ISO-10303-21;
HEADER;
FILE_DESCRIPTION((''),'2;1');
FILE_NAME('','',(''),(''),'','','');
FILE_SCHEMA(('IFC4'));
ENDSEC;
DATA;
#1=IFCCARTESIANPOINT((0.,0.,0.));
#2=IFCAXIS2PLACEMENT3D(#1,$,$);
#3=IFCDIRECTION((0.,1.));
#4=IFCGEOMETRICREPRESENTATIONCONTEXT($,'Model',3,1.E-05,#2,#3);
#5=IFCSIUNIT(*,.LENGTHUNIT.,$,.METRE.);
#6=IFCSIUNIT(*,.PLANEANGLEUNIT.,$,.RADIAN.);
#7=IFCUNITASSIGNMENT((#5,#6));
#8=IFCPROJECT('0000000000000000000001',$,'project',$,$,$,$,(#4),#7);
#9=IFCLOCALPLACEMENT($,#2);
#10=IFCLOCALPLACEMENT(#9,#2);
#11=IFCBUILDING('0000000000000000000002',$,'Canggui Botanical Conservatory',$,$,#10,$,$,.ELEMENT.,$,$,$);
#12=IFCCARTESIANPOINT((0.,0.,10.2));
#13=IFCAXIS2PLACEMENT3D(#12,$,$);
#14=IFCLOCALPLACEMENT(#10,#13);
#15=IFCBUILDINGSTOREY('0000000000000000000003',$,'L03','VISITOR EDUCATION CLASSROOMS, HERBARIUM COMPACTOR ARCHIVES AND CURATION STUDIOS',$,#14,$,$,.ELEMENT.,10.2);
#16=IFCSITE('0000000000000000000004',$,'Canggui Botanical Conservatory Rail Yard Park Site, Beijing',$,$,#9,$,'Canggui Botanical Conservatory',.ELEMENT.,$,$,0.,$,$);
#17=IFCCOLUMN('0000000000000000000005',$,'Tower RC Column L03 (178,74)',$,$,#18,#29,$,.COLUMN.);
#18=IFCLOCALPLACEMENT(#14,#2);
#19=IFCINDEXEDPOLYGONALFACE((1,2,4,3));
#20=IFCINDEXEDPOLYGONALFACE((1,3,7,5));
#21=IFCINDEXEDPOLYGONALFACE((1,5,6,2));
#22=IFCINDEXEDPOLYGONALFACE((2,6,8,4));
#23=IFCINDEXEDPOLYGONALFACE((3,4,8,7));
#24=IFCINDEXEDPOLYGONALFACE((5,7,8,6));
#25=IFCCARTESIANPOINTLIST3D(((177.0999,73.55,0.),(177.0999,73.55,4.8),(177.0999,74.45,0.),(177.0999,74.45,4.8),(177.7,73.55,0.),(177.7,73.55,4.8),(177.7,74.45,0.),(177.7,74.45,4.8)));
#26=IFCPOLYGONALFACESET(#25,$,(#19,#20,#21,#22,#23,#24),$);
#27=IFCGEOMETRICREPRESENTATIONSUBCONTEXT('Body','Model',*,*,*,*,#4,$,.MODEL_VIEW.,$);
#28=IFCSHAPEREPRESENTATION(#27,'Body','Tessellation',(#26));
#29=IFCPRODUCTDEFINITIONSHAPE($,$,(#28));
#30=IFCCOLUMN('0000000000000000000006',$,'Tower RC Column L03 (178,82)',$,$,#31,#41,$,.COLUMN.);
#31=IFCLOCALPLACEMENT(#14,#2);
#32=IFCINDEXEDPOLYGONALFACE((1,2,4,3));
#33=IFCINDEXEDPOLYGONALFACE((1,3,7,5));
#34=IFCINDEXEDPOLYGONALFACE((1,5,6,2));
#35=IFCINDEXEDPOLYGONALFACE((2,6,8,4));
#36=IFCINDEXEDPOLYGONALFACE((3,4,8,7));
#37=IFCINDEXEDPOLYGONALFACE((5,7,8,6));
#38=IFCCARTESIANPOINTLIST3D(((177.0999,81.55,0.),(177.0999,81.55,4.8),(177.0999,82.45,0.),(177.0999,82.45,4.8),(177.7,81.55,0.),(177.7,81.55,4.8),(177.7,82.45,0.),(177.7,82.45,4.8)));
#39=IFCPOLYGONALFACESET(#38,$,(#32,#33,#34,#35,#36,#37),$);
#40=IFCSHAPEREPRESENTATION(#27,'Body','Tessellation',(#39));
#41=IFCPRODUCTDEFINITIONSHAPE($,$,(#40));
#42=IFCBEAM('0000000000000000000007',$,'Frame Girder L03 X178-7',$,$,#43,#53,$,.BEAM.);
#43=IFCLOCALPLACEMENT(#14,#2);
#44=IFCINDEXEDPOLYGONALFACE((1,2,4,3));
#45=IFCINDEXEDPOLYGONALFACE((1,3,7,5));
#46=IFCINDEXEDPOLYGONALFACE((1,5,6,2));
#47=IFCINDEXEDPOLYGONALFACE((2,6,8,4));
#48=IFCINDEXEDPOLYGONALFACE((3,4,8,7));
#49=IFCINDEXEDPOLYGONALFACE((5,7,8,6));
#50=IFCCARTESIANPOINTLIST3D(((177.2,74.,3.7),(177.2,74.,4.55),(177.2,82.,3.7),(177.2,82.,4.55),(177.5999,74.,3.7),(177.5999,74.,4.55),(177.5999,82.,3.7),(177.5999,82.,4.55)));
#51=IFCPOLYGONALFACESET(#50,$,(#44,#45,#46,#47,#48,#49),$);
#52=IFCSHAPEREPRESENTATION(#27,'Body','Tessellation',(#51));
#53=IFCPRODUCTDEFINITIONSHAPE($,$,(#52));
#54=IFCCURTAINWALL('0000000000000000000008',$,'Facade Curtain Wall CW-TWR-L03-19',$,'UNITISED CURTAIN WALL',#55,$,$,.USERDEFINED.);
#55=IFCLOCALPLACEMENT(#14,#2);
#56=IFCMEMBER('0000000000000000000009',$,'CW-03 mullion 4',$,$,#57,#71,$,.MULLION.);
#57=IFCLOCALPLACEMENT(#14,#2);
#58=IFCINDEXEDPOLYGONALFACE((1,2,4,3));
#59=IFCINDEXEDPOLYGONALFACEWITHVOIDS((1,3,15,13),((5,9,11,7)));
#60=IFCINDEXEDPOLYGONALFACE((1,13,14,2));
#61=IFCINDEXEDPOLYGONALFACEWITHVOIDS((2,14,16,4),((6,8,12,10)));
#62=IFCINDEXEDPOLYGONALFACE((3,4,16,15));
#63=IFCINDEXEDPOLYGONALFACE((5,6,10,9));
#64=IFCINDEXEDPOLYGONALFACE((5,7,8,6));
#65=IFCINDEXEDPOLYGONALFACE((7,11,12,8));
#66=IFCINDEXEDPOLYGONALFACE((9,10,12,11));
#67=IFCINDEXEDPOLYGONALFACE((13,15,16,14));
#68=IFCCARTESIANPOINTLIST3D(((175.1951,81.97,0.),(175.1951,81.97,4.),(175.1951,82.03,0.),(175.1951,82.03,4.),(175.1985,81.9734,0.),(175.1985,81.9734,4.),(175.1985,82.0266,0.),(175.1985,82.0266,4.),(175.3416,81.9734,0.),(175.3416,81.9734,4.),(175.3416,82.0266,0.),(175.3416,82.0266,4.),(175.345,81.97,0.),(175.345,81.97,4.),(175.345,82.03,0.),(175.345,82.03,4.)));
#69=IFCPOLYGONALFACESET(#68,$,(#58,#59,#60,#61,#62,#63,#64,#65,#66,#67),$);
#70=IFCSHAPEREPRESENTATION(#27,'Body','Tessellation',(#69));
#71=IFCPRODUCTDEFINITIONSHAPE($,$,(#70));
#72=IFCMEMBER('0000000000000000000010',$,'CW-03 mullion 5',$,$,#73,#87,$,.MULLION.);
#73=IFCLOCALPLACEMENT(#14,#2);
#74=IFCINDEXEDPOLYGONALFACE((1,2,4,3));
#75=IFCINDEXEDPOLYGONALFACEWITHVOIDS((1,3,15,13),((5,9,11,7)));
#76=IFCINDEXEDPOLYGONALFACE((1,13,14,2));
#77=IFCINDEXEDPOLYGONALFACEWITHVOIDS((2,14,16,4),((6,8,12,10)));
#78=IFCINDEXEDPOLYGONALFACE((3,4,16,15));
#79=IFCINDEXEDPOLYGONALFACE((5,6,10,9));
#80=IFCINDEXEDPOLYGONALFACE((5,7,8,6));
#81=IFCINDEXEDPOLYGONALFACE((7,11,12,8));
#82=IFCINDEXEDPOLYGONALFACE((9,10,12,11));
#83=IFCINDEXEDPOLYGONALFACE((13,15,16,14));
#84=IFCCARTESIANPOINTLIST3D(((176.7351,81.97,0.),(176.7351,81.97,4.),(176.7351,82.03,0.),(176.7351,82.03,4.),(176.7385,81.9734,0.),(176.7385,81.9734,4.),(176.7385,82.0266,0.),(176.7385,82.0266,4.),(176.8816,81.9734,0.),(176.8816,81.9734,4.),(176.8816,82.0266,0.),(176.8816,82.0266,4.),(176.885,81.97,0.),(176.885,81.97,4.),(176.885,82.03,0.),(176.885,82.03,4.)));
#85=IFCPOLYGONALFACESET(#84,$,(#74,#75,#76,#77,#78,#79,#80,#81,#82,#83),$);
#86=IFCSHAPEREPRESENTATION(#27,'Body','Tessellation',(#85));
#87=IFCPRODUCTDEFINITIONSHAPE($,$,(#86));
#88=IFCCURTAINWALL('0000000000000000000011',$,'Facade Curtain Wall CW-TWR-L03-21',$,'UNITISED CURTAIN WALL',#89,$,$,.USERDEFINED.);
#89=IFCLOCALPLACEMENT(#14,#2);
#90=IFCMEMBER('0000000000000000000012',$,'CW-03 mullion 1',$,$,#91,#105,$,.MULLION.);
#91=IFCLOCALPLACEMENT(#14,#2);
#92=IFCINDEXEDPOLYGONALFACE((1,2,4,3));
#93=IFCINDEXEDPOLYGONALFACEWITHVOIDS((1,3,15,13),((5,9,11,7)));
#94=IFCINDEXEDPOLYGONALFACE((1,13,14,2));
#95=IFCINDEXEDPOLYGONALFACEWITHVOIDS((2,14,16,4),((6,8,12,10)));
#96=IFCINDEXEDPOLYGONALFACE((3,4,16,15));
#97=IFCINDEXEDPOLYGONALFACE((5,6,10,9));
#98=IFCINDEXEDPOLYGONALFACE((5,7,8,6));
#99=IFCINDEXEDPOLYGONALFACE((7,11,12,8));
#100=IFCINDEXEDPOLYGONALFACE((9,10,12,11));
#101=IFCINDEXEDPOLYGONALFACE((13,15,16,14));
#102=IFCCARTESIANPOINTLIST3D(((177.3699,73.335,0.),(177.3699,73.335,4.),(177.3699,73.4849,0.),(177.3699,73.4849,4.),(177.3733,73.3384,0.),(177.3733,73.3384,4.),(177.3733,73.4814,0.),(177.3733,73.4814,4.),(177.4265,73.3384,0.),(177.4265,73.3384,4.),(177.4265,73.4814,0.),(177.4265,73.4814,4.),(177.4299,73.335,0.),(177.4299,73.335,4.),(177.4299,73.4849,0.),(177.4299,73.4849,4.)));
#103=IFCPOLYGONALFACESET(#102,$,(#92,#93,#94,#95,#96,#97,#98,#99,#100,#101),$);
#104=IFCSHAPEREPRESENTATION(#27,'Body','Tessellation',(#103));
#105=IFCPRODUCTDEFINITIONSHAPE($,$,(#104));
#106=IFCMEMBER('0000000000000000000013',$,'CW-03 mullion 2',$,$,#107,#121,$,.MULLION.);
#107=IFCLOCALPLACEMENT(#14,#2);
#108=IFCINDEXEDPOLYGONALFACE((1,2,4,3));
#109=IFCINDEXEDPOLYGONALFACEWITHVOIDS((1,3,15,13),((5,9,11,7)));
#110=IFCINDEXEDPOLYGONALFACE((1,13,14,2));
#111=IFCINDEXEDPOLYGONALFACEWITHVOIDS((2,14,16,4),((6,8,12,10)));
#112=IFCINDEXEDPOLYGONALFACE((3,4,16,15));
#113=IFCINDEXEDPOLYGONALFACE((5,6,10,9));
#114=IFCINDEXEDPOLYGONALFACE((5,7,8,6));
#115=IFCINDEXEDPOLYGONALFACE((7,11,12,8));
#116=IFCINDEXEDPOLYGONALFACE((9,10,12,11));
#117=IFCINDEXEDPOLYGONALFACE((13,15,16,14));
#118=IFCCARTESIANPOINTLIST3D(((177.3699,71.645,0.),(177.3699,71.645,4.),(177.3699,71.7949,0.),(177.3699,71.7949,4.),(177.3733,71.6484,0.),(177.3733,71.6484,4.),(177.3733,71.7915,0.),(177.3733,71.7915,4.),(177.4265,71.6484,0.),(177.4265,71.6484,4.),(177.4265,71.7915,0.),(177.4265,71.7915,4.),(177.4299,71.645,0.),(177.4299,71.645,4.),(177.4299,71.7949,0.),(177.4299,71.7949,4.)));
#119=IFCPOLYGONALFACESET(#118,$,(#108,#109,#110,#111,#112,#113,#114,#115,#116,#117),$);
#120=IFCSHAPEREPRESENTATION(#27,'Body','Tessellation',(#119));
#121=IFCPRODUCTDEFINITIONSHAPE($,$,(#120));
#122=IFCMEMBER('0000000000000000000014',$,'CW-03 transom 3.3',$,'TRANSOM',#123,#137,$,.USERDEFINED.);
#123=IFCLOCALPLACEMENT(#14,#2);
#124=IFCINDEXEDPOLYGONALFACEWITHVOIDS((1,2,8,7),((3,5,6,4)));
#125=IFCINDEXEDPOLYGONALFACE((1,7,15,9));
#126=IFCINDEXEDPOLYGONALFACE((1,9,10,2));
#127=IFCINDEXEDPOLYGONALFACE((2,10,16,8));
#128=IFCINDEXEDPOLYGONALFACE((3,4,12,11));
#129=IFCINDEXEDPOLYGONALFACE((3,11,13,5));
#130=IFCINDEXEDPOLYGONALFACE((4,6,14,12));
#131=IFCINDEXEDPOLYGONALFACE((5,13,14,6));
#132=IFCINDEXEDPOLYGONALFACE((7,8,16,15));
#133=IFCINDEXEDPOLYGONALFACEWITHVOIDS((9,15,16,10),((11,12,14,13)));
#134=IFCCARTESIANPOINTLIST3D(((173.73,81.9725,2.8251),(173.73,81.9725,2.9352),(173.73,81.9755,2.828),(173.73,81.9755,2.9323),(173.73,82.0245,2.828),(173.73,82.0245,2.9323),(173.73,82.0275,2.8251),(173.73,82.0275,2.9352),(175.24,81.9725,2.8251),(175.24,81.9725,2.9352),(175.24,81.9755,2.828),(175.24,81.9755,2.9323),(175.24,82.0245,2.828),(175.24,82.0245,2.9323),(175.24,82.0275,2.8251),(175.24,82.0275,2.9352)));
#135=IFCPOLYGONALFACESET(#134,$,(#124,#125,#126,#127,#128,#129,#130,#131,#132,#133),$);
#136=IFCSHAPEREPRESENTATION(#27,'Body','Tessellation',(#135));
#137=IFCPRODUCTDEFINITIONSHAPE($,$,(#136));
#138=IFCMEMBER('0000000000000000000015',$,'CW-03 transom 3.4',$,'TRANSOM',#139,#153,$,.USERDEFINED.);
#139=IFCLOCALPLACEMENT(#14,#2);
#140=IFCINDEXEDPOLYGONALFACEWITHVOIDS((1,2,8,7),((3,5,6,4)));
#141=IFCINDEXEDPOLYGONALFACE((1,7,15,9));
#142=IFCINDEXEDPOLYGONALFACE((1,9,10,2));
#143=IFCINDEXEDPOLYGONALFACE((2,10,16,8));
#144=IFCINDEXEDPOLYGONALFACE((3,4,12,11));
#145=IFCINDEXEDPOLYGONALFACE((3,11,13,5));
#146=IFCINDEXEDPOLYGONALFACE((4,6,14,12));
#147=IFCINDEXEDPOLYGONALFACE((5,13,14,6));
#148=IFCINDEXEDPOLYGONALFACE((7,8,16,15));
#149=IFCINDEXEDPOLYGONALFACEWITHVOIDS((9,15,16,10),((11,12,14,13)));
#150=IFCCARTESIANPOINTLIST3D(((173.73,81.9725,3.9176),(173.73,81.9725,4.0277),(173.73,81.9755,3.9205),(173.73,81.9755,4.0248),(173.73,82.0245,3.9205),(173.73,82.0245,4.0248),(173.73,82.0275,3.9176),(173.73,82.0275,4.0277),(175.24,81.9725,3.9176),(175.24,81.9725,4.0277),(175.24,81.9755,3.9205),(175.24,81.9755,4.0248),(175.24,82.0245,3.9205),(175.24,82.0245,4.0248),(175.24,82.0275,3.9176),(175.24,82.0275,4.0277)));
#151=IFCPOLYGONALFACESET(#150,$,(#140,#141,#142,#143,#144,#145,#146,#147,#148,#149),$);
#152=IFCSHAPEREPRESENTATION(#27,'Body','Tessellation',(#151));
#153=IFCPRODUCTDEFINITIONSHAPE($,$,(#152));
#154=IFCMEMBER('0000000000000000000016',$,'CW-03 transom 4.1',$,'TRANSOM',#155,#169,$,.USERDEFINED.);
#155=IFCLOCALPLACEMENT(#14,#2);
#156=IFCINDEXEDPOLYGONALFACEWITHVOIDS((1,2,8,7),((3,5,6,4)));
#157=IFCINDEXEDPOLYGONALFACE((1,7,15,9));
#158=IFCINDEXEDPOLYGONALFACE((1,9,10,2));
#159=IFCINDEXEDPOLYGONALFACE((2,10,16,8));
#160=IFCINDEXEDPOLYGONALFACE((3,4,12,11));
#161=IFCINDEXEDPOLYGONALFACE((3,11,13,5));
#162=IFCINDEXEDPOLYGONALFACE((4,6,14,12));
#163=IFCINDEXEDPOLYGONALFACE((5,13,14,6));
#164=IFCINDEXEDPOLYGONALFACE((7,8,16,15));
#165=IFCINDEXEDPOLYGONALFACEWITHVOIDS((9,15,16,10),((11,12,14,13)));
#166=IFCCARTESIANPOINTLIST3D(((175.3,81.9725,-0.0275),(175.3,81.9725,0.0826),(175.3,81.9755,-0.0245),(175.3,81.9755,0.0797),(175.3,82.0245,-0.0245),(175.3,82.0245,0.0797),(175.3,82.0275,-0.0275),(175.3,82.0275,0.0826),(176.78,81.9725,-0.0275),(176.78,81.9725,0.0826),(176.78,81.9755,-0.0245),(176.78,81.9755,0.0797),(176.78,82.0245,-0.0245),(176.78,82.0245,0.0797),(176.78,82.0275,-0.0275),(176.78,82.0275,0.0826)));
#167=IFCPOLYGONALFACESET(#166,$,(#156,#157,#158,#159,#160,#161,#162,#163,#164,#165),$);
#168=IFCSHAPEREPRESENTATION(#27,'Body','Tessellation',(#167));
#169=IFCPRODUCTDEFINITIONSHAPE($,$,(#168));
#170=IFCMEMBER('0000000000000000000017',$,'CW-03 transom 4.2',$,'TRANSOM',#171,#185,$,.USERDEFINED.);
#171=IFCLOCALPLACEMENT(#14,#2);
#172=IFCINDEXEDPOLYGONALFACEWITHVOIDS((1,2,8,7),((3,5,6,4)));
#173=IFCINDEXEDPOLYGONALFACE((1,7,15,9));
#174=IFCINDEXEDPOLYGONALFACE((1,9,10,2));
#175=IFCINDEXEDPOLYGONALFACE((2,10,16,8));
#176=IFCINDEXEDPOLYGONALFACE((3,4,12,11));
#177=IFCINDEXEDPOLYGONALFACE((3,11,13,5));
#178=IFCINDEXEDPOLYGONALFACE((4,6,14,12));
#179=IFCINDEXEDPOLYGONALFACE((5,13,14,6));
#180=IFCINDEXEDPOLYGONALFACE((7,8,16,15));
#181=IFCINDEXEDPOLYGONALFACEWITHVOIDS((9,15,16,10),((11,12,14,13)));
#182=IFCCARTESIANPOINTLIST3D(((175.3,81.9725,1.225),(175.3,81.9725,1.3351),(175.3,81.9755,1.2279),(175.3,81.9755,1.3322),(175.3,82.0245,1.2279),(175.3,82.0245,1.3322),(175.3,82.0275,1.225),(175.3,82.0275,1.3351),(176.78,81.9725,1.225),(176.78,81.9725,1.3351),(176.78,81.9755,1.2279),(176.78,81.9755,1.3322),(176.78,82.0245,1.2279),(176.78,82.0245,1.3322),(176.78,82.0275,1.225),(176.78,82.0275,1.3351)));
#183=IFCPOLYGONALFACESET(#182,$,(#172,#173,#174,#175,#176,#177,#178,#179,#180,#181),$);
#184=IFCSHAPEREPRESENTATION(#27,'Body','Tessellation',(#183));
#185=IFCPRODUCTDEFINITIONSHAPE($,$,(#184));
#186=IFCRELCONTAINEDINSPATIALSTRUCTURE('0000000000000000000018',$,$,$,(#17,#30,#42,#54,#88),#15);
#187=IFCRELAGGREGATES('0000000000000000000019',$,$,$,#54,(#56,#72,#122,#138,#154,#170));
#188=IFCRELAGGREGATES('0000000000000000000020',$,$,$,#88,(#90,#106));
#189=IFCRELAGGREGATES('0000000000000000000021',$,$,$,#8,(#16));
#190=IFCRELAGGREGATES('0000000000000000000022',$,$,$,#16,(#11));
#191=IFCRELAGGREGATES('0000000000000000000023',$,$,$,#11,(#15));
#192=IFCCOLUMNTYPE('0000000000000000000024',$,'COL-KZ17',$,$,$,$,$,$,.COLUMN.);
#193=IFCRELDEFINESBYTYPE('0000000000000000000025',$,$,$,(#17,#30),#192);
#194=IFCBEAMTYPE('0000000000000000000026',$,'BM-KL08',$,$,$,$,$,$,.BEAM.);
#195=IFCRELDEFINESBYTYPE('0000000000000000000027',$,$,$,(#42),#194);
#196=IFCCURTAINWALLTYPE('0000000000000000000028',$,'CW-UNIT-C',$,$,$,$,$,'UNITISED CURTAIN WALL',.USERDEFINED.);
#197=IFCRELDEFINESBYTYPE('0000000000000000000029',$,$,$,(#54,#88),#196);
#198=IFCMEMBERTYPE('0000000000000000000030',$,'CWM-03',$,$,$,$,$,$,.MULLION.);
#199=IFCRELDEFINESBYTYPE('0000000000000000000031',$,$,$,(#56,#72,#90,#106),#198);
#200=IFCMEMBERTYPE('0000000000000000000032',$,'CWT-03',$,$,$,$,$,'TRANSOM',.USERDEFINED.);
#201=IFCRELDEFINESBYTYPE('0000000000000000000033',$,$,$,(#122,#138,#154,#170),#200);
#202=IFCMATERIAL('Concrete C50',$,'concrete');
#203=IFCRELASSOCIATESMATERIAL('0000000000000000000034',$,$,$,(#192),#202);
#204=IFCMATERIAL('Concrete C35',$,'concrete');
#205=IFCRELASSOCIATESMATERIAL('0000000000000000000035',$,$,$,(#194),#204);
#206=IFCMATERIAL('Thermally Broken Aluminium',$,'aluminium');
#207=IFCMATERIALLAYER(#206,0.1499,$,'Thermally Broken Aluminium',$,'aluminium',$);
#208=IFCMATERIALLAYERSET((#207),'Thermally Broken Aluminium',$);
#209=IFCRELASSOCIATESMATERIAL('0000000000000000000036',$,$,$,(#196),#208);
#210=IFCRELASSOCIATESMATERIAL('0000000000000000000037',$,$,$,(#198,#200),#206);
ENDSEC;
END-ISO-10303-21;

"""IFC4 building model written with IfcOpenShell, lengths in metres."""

from ifc_helpers import new_model, si_unit, direction, frame, origin, origin_2d, place, context, subcontext, project, spatial, rectangle, hollow_rectangle, extrude, material, layer, layer_set, material_profile, profile_set, type_object, element, aggregate, save


model = new_model("IFC4")

# Units and contexts
model_context = context("Model", 3, precision=1e-05, world=origin(), true_north=direction((0.0, 1.0)))
body_context = subcontext(model_context, "Body", "Model", "MODEL_VIEW")
ifc_project = project(units=[si_unit("LENGTHUNIT", "METRE"), si_unit("PLANEANGLEUNIT", "RADIAN")], contexts=[model_context])

# Site, building, storey
site_placement = place(None, origin())
site = spatial("IfcSite", under=ifc_project, at=site_placement, Name="Canggui Botanical Conservatory Rail Yard Park Site, Beijing", LongName="Canggui Botanical Conservatory", CompositionType="ELEMENT", RefElevation=0.0)
building_placement = place(site_placement, origin())
building = spatial("IfcBuilding", under=site, at=building_placement, Name="Canggui Botanical Conservatory", CompositionType="ELEMENT")
storey_placement = place(building_placement, frame((0.0, 0.0, 10.2)))
storey = spatial("IfcBuildingStorey", under=building, at=storey_placement, Name="L03", Description="VISITOR EDUCATION CLASSROOMS, HERBARIUM COMPACTOR ARCHIVES AND CURATION STUDIOS", CompositionType="ELEMENT", Elevation=10.2)

# Columns
ifc_material_1 = material(Name="Concrete C50", Category="concrete")
ifc_material_profile_1 = material_profile(ifc_material_1, rectangle(XDim=0.6001, YDim=0.8999, at=origin_2d()), Name="RC 600x900")
ifc_profile_set_1 = profile_set([ifc_material_profile_1], Name="Concrete C50")
column_type = type_object("IfcColumnType", Name="COL-KZ17", PredefinedType="COLUMN", material=ifc_profile_set_1)
for number, where, z_axis, x_axis, name in (
    (1, (177.3999, 74.0, 0.0), (0.0, 0.0, 1.0), (1.0, 0.0, 0.0), "Tower RC Column L03 (178,74)"),
    (2, (177.3999, 82.0, 0.0), (0.0, 0.0, 1.0), (1.0, 0.0, 0.0), "Tower RC Column L03 (178,82)"),
):
    element("IfcColumn", number, at=place(storey_placement, frame(where, z_axis=z_axis, x_axis=x_axis)), inside=storey, type_object=column_type, Name=name, PredefinedType="COLUMN", context=body_context, shape_type="SweptSolid", body=[
        extrude(rectangle(XDim=0.6001, YDim=0.8999, at=origin_2d()), origin(), (0.0, 0.0, 1.0), 4.8),
    ])

# Beam
ifc_material_2 = material(Name="Concrete C35", Category="concrete")
ifc_material_profile_2 = material_profile(ifc_material_2, rectangle(XDim=0.3999, YDim=0.8501, at=origin_2d()), Name="RB 400x850")
ifc_profile_set_2 = profile_set([ifc_material_profile_2], Name="Concrete C35")
beam_type = type_object("IfcBeamType", Name="BM-KL08", PredefinedType="BEAM", material=ifc_profile_set_2)
beam_placement = place(storey_placement, frame((177.3999, 74.0, 4.125), z_axis=(0.0, 1.0, 0.0), x_axis=(-1.0, 0.0, 0.0)))
element("IfcBeam", 3, at=beam_placement, inside=storey, type_object=beam_type, Name="Frame Girder L03 X178-7", PredefinedType="BEAM", context=body_context, shape_type="SweptSolid", body=[
    extrude(rectangle(XDim=0.3999, YDim=0.8501, at=origin_2d()), origin(), (0.0, 0.0, 1.0), 8.0),
])

# Curtain walls, members
ifc_material_3 = material(Name="Thermally Broken Aluminium", Category="aluminium")
ifc_layer_1 = layer(ifc_material_3, 0.1499, Name="Thermally Broken Aluminium", Category="aluminium")
ifc_layer_set_1 = layer_set([ifc_layer_1], Name="Thermally Broken Aluminium")
curtain_wall_type = type_object("IfcCurtainWallType", Name="CW-UNIT-C", ElementType="UNITISED CURTAIN WALL", PredefinedType="USERDEFINED", material=ifc_layer_set_1)
curtain_wall_1_placement = place(storey_placement, origin())
curtain_wall_1 = element("IfcCurtainWall", 4, at=curtain_wall_1_placement, inside=storey, type_object=curtain_wall_type, Name="Facade Curtain Wall CW-TWR-L03-19", ObjectType="UNITISED CURTAIN WALL", PredefinedType="USERDEFINED")
ifc_material_profile_3 = material_profile(ifc_material_3, hollow_rectangle(XDim=0.0601, YDim=0.1499, WallThickness=0.0034, at=origin_2d()), Name="CWM 60x150x3.5")
ifc_profile_set_3 = profile_set([ifc_material_profile_3], Name="Thermally Broken Aluminium")
member_type_1 = type_object("IfcMemberType", Name="CWM-03", PredefinedType="MULLION", material=ifc_profile_set_3)
member_1_placement = place(storey_placement, frame((175.27, 82.0, 0.0), z_axis=(0.0, 0.0, 1.0), x_axis=(0.0, 1.0, 0.0)))
member_1 = element("IfcMember", 5, at=member_1_placement, type_object=member_type_1, Name="CW-03 mullion 4", PredefinedType="MULLION", context=body_context, shape_type="SweptSolid", body=[
    extrude(hollow_rectangle(XDim=0.0601, YDim=0.1499, WallThickness=0.0034, at=origin_2d()), origin(), (0.0, 0.0, 1.0), 4.0),
])
member_2_placement = place(storey_placement, frame((176.8101, 82.0, 0.0), z_axis=(0.0, 0.0, 1.0), x_axis=(0.0, 1.0, 0.0)))
member_2 = element("IfcMember", 6, at=member_2_placement, type_object=member_type_1, Name="CW-03 mullion 5", PredefinedType="MULLION", context=body_context, shape_type="SweptSolid", body=[
    extrude(hollow_rectangle(XDim=0.0601, YDim=0.1499, WallThickness=0.0034, at=origin_2d()), origin(), (0.0, 0.0, 1.0), 4.0),
])
curtain_wall_2_placement = place(storey_placement, origin())
curtain_wall_2 = element("IfcCurtainWall", 7, at=curtain_wall_2_placement, inside=storey, type_object=curtain_wall_type, Name="Facade Curtain Wall CW-TWR-L03-21", ObjectType="UNITISED CURTAIN WALL", PredefinedType="USERDEFINED")
member_3_placement = place(storey_placement, frame((177.3999, 73.4099, 0.0), z_axis=(0.0, 0.0, 1.0), x_axis=(1.0, 0.0, 0.0)))
member_3 = element("IfcMember", 8, at=member_3_placement, type_object=member_type_1, Name="CW-03 mullion 1", PredefinedType="MULLION", context=body_context, shape_type="SweptSolid", body=[
    extrude(hollow_rectangle(XDim=0.0601, YDim=0.1499, WallThickness=0.0034, at=origin_2d()), origin(), (0.0, 0.0, 1.0), 4.0),
])
member_4_placement = place(storey_placement, frame((177.3999, 71.72, 0.0), z_axis=(0.0, 0.0, 1.0), x_axis=(1.0, 0.0, 0.0)))
member_4 = element("IfcMember", 9, at=member_4_placement, type_object=member_type_1, Name="CW-03 mullion 2", PredefinedType="MULLION", context=body_context, shape_type="SweptSolid", body=[
    extrude(hollow_rectangle(XDim=0.0601, YDim=0.1499, WallThickness=0.0034, at=origin_2d()), origin(), (0.0, 0.0, 1.0), 4.0),
])

# Members
ifc_material_profile_4 = material_profile(ifc_material_3, hollow_rectangle(XDim=0.0549, YDim=0.1101, WallThickness=0.0029, at=origin_2d()), Name="CWT 55x110x3")
ifc_profile_set_4 = profile_set([ifc_material_profile_4], Name="Thermally Broken Aluminium")
member_type_2 = type_object("IfcMemberType", Name="CWT-03", ElementType="TRANSOM", PredefinedType="USERDEFINED", material=ifc_profile_set_4)
member_5_placement = place(storey_placement, frame((173.73, 82.0, 2.8801), z_axis=(1.0, 0.0, 0.0), x_axis=(0.0, 1.0, 0.0)))
member_5 = element("IfcMember", 10, at=member_5_placement, type_object=member_type_2, Name="CW-03 transom 3.3", ObjectType="TRANSOM", PredefinedType="USERDEFINED", context=body_context, shape_type="SweptSolid", body=[
    extrude(hollow_rectangle(XDim=0.0549, YDim=0.1101, WallThickness=0.0029, at=origin_2d()), origin(), (0.0, 0.0, 1.0), 1.51),
])
member_6_placement = place(storey_placement, frame((173.73, 82.0, 3.9727), z_axis=(1.0, 0.0, 0.0), x_axis=(0.0, 1.0, 0.0)))
member_6 = element("IfcMember", 11, at=member_6_placement, type_object=member_type_2, Name="CW-03 transom 3.4", ObjectType="TRANSOM", PredefinedType="USERDEFINED", context=body_context, shape_type="SweptSolid", body=[
    extrude(hollow_rectangle(XDim=0.0549, YDim=0.1101, WallThickness=0.0029, at=origin_2d()), origin(), (0.0, 0.0, 1.0), 1.51),
])
member_7_placement = place(storey_placement, frame((175.3, 82.0, 0.0276), z_axis=(1.0, 0.0, 0.0), x_axis=(0.0, 1.0, 0.0)))
member_7 = element("IfcMember", 12, at=member_7_placement, type_object=member_type_2, Name="CW-03 transom 4.1", ObjectType="TRANSOM", PredefinedType="USERDEFINED", context=body_context, shape_type="SweptSolid", body=[
    extrude(hollow_rectangle(XDim=0.0549, YDim=0.1101, WallThickness=0.0029, at=origin_2d()), origin(), (0.0, 0.0, 1.0), 1.48),
])
member_8_placement = place(storey_placement, frame((175.3, 82.0, 1.28), z_axis=(1.0, 0.0, 0.0), x_axis=(0.0, 1.0, 0.0)))
member_8 = element("IfcMember", 13, at=member_8_placement, type_object=member_type_2, Name="CW-03 transom 4.2", ObjectType="TRANSOM", PredefinedType="USERDEFINED", context=body_context, shape_type="SweptSolid", body=[
    extrude(hollow_rectangle(XDim=0.0549, YDim=0.1101, WallThickness=0.0029, at=origin_2d()), origin(), (0.0, 0.0, 1.0), 1.48),
])

aggregate(curtain_wall_1, [member_1, member_2, member_5, member_6, member_7, member_8])
aggregate(curtain_wall_2, [member_3, member_4])

save(model, "model.ifc")
